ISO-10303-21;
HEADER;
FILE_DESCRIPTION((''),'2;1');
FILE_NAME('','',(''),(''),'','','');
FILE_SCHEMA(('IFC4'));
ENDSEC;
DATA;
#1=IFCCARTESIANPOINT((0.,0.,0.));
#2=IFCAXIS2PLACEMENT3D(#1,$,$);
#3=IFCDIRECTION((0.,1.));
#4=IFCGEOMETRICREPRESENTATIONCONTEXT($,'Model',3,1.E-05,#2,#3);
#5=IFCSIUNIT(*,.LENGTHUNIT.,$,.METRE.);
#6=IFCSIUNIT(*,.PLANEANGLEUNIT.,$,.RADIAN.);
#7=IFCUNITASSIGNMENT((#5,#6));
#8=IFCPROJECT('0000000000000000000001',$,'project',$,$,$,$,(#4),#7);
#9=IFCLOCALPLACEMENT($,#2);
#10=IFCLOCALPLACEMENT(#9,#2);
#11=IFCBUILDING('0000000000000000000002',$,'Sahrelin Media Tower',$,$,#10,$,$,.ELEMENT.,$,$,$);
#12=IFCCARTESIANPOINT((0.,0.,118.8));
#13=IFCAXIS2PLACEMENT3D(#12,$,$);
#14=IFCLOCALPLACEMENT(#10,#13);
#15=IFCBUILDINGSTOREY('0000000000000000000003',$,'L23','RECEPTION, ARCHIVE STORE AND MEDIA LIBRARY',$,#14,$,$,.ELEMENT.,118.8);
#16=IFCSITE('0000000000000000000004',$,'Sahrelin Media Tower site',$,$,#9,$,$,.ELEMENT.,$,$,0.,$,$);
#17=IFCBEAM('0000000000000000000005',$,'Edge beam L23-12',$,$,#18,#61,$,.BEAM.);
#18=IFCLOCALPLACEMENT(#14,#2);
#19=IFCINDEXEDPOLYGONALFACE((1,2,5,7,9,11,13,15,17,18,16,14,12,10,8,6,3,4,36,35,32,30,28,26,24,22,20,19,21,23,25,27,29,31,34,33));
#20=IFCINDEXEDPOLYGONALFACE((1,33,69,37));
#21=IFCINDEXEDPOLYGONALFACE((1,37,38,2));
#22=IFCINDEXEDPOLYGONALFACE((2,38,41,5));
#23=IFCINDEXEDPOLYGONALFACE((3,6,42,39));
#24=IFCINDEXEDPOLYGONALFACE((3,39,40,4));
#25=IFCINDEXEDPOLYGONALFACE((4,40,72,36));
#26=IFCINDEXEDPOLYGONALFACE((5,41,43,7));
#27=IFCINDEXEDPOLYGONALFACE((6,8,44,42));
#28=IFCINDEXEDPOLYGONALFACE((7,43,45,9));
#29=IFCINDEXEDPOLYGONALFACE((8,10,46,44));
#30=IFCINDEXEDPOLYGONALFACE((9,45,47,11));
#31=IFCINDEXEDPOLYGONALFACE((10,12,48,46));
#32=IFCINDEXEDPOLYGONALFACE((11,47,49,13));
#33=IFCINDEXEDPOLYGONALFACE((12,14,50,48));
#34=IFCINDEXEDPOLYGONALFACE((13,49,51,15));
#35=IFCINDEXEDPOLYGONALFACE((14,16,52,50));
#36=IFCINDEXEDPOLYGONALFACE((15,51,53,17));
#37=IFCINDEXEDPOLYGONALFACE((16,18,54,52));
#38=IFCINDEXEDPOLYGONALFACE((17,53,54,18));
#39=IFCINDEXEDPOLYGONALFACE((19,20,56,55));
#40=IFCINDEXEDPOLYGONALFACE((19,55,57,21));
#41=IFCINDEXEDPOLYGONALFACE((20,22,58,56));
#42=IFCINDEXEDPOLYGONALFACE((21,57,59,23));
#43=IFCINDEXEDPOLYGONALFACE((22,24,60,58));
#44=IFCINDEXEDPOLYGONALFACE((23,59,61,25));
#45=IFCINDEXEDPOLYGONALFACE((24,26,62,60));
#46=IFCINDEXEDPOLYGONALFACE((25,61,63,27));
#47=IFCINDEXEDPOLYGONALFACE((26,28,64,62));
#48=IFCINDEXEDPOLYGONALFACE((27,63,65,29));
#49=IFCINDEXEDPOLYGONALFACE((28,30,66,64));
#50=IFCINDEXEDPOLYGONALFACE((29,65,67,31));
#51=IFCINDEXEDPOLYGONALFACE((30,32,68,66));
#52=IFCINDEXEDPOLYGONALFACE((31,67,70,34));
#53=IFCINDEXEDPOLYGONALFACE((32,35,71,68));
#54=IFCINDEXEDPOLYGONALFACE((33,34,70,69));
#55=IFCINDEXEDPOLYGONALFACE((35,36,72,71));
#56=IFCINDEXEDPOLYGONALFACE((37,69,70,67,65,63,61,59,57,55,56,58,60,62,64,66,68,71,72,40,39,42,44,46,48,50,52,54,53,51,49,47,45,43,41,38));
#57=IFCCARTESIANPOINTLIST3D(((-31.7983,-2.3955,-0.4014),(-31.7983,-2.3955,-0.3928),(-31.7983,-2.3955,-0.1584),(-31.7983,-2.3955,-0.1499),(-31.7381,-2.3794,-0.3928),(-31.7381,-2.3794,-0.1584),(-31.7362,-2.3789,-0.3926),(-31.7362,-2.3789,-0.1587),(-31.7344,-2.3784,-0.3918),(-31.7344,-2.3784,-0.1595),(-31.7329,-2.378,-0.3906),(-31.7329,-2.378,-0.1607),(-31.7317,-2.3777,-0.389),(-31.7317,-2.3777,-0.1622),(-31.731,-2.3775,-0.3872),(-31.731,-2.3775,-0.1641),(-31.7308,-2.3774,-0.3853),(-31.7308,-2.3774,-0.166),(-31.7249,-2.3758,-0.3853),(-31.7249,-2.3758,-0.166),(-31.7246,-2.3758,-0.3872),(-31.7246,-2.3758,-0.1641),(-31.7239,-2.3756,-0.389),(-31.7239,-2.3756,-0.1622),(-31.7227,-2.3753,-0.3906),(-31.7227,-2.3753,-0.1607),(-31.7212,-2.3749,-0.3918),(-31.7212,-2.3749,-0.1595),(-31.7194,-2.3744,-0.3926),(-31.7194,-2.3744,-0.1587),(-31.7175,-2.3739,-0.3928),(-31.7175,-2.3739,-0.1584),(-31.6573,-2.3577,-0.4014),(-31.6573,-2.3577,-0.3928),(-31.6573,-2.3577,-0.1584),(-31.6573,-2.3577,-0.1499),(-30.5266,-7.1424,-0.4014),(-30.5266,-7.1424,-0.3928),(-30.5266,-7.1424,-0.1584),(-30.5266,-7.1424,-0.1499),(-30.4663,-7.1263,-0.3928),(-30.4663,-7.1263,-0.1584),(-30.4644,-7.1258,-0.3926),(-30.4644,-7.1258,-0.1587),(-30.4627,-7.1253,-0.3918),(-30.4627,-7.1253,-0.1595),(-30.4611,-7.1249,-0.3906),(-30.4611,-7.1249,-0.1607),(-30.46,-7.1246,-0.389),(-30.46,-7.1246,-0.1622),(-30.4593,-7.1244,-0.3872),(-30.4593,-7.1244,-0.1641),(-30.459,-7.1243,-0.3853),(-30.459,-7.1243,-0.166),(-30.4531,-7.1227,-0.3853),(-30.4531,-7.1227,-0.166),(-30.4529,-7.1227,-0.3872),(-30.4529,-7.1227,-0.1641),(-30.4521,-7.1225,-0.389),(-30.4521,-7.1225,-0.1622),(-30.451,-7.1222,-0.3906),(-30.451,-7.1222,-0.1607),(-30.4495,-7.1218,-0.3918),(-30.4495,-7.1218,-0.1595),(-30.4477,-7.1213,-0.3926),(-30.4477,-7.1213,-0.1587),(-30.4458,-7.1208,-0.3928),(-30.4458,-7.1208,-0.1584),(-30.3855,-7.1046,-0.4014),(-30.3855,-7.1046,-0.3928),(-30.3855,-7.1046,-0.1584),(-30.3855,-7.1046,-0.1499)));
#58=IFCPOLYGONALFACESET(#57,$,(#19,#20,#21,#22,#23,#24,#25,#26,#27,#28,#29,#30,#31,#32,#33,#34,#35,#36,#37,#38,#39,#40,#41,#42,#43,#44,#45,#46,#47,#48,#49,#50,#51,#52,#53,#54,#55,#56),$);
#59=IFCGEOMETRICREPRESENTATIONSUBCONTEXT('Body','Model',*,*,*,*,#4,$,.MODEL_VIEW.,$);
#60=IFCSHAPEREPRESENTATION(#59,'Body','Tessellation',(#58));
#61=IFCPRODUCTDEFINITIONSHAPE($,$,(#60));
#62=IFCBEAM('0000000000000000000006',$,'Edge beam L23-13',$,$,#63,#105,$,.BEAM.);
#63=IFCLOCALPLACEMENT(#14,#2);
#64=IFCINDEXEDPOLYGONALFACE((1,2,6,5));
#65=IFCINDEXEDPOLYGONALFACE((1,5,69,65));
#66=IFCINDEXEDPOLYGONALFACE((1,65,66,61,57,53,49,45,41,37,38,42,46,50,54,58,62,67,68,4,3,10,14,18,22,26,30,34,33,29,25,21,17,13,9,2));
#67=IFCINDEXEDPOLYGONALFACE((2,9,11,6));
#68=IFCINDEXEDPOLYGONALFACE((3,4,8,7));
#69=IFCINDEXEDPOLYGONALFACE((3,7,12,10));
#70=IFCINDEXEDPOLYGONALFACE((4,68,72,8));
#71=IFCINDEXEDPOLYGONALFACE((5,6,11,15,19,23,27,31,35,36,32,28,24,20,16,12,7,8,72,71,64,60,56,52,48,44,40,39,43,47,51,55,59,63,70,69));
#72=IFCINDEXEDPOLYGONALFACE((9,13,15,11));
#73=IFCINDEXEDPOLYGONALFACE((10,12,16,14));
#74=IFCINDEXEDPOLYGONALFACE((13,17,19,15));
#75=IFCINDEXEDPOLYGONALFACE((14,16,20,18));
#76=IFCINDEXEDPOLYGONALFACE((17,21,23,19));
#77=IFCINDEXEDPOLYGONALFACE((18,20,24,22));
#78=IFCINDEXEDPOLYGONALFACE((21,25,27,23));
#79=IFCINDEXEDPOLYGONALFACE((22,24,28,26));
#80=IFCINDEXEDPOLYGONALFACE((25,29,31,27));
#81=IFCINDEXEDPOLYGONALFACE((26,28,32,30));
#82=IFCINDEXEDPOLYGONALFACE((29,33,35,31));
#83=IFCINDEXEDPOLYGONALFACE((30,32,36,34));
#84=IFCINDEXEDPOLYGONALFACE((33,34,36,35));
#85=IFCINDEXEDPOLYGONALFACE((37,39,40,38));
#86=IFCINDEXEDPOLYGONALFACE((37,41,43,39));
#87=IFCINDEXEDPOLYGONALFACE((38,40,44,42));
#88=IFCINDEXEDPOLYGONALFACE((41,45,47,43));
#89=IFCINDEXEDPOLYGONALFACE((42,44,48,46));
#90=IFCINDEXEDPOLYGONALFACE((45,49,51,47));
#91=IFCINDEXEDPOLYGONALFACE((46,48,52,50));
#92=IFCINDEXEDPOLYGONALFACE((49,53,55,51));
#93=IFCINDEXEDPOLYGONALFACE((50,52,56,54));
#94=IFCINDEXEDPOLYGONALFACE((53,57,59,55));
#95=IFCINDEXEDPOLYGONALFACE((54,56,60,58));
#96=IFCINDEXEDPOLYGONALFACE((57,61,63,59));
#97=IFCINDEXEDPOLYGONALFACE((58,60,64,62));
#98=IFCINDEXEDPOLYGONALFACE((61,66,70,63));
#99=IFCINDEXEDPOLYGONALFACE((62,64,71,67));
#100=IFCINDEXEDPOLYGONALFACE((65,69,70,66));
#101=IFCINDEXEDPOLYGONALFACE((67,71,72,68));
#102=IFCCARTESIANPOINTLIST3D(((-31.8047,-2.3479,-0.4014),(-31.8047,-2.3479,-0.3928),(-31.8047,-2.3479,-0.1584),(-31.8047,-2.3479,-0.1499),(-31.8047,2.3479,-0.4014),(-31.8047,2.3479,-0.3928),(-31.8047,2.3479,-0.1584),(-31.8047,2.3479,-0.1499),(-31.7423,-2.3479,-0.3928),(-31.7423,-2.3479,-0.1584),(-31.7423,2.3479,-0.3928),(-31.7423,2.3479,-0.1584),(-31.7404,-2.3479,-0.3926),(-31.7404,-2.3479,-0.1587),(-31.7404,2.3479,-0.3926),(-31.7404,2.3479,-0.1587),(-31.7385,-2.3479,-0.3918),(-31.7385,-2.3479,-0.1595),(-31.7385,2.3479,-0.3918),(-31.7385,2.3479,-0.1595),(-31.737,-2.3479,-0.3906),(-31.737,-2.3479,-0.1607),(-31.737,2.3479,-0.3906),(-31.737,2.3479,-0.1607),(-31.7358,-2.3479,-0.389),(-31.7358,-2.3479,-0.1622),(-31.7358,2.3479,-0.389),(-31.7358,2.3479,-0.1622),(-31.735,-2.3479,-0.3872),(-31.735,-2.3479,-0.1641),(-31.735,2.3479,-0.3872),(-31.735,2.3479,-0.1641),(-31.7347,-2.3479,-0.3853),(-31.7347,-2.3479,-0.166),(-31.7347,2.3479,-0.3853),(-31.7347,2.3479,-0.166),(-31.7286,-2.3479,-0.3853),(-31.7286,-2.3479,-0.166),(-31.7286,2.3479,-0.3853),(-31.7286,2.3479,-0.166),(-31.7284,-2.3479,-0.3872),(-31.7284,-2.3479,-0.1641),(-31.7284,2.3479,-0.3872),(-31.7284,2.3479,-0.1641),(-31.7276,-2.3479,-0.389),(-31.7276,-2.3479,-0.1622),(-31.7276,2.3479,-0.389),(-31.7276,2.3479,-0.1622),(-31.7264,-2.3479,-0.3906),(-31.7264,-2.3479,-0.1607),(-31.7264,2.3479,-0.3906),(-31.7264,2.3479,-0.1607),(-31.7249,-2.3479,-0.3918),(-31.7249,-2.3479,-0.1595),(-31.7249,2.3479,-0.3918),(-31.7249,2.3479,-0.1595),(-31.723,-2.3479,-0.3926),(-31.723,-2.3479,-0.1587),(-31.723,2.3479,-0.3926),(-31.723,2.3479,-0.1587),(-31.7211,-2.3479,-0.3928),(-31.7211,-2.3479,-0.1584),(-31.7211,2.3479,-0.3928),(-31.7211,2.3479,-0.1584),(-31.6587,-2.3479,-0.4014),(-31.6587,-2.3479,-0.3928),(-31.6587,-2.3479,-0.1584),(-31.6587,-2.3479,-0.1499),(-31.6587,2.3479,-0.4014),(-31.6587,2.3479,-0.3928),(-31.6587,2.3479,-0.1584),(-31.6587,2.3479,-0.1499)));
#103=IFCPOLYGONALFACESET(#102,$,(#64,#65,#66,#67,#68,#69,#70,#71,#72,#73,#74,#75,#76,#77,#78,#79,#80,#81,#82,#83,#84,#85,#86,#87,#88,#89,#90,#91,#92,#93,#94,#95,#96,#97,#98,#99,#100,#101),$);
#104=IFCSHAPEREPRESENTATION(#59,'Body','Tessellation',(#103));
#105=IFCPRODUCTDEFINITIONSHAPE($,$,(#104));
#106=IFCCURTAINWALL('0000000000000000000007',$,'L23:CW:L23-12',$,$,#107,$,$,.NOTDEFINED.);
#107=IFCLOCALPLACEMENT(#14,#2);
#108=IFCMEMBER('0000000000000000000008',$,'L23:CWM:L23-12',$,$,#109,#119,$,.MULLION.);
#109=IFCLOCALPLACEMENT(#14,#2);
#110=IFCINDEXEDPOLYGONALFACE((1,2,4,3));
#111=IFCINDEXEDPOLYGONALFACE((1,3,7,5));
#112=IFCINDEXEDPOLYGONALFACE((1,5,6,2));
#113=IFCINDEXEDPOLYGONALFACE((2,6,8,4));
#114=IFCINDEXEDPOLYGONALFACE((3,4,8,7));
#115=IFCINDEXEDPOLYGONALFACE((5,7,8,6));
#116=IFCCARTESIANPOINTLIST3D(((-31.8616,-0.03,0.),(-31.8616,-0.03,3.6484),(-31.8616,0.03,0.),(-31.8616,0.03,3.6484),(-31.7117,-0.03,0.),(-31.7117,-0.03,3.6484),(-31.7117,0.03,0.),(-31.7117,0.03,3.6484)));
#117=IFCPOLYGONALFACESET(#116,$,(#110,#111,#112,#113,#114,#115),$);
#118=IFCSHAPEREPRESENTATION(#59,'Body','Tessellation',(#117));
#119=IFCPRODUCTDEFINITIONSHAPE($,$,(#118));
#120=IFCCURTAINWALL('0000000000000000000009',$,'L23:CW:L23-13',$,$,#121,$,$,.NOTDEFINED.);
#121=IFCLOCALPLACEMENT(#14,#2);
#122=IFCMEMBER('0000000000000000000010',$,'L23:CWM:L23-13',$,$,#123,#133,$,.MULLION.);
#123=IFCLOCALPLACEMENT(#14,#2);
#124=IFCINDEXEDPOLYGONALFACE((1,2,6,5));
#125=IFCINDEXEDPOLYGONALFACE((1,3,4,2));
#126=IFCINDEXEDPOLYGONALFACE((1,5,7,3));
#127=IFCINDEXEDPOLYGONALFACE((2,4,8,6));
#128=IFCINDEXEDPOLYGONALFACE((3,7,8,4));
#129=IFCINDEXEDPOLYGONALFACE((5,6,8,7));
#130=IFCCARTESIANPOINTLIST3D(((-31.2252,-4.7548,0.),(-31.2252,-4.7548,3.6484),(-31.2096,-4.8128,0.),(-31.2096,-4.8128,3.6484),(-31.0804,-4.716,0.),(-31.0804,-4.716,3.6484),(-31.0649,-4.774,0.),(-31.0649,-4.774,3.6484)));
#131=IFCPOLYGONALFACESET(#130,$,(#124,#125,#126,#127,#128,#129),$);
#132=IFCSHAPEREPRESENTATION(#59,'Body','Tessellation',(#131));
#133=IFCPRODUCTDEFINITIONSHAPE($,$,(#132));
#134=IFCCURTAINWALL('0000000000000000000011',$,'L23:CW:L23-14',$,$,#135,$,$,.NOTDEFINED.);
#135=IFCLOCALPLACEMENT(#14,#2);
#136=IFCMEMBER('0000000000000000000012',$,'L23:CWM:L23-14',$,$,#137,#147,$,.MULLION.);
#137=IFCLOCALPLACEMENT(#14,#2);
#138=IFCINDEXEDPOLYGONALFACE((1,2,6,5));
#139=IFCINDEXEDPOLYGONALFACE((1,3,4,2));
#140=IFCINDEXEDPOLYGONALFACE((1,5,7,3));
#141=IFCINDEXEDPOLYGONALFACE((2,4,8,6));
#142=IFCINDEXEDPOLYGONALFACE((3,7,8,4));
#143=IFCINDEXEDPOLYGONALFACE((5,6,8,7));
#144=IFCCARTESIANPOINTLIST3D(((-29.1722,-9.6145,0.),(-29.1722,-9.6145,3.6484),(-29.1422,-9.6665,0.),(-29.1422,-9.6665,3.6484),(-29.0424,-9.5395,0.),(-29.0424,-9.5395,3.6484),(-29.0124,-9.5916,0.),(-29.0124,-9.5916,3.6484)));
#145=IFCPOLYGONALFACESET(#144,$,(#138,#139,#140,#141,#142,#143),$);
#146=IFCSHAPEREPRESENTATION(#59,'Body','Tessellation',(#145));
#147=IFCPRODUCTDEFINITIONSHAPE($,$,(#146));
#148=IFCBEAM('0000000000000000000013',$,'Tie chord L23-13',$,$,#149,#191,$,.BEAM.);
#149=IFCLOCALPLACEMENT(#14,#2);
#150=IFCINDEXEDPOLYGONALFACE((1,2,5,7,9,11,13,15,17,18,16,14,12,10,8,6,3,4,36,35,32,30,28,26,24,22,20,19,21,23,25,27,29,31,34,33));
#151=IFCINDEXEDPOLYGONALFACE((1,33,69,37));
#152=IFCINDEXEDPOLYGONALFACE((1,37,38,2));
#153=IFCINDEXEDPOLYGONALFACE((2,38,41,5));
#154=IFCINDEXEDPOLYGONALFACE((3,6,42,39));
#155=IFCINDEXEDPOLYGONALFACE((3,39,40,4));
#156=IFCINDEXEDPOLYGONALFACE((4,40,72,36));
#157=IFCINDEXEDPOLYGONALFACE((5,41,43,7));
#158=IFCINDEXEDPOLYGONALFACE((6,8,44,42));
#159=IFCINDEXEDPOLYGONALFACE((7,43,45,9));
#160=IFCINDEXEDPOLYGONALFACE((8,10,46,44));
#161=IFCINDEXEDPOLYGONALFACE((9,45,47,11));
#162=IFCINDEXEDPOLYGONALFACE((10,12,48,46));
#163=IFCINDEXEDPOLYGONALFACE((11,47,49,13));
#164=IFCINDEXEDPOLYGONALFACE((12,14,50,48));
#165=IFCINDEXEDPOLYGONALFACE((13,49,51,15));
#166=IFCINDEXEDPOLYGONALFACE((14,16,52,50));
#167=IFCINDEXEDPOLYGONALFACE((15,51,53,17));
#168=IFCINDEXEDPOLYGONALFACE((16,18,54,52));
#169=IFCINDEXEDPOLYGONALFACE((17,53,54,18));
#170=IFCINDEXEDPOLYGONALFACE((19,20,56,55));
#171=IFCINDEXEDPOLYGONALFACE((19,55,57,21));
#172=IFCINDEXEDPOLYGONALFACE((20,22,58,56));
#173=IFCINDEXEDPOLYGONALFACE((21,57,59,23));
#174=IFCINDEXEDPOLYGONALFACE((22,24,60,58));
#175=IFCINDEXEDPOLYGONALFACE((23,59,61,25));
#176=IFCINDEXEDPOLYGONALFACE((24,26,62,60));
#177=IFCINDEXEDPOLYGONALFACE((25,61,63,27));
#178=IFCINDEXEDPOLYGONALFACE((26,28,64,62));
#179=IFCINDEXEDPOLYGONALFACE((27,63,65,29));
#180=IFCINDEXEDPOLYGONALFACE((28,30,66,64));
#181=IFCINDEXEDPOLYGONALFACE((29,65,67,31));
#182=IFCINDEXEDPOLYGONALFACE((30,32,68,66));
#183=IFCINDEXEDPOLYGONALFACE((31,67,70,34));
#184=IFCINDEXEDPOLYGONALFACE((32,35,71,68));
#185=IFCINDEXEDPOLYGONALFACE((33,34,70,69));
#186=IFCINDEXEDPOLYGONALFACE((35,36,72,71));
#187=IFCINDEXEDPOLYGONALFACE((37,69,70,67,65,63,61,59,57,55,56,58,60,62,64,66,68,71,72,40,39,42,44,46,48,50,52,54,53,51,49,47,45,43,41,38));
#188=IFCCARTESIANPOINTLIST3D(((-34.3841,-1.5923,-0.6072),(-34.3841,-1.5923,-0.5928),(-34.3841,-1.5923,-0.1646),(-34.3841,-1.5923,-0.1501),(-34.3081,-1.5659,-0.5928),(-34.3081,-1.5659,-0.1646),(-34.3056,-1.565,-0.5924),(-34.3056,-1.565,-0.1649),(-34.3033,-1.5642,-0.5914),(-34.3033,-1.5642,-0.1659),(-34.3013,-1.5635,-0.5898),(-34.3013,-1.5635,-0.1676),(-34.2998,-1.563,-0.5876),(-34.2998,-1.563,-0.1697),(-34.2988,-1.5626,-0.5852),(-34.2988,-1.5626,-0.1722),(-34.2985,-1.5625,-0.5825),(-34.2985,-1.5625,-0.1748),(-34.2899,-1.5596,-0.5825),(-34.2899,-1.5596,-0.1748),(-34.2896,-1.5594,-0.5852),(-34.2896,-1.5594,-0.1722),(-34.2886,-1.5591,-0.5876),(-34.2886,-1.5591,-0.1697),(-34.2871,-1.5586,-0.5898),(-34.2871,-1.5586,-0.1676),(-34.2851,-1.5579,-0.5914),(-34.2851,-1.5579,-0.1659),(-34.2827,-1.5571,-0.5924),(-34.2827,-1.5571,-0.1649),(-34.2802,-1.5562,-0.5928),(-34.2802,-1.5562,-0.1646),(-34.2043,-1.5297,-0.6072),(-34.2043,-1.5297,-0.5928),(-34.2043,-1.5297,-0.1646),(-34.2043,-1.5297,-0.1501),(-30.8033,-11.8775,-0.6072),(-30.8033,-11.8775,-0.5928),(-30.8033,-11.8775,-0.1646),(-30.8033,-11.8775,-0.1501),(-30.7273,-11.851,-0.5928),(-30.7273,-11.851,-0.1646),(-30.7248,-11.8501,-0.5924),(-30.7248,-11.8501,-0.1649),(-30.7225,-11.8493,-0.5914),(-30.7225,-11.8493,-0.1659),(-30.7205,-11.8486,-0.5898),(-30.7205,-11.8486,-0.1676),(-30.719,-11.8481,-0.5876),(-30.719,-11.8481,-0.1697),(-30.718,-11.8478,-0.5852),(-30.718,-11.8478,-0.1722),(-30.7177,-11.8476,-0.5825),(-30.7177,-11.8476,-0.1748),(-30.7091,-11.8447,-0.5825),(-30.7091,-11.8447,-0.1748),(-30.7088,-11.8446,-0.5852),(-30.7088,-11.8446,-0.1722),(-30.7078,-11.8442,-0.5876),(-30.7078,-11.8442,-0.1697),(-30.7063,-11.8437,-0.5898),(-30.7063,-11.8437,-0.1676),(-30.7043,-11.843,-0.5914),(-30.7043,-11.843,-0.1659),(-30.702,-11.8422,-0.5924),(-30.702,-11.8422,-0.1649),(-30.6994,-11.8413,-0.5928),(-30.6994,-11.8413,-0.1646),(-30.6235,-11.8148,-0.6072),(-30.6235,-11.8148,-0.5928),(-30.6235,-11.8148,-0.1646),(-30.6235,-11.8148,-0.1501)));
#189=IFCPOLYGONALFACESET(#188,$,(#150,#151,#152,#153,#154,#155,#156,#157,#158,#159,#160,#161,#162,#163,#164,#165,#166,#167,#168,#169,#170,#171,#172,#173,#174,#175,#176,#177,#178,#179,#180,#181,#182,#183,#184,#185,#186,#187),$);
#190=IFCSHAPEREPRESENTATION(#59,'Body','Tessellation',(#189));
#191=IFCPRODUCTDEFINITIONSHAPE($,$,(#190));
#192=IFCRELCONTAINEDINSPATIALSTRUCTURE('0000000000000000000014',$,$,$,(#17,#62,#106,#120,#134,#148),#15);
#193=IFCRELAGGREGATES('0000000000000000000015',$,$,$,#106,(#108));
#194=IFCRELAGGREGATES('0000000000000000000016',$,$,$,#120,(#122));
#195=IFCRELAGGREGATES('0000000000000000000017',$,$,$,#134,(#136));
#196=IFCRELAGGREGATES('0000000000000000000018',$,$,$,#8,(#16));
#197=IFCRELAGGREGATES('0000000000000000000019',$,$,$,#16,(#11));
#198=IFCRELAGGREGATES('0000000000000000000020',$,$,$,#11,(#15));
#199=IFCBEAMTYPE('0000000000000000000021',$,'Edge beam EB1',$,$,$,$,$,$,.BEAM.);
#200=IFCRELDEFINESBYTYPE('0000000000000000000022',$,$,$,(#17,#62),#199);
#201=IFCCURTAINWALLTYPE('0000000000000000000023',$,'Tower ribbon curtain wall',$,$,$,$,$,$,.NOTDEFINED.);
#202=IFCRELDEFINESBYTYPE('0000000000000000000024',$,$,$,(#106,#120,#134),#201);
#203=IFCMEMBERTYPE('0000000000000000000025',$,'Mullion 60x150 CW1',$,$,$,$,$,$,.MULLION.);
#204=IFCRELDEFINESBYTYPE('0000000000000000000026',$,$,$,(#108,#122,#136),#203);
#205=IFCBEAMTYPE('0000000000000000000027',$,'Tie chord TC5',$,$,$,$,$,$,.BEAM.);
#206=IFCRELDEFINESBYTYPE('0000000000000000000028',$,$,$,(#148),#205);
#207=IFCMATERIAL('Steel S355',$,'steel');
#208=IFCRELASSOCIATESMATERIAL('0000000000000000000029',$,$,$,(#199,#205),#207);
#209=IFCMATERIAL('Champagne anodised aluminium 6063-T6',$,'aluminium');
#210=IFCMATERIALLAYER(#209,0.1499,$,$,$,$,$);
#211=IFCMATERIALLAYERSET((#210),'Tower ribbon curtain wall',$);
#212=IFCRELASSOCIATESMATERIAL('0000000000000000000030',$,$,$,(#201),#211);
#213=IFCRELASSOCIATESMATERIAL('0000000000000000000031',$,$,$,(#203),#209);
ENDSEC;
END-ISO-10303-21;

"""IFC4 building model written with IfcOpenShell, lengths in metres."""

from ifc_helpers import new_model, si_unit, direction, frame, origin, origin_2d, place, context, subcontext, project, spatial, rectangle, i_section, extrude, material, layer, layer_set, material_profile, profile_set, type_object, element, aggregate, save


model = new_model("IFC4")

# Units and contexts
model_context = context("Model", 3, precision=1e-05, world=origin(), true_north=direction((0.0, 1.0)))
body_context = subcontext(model_context, "Body", "Model", "MODEL_VIEW")
ifc_project = project(units=[si_unit("LENGTHUNIT", "METRE"), si_unit("PLANEANGLEUNIT", "RADIAN")], contexts=[model_context])

# Site, building, storey
site_placement = place(None, origin())
site = spatial("IfcSite", under=ifc_project, at=site_placement, Name="Sahrelin Media Tower site", CompositionType="ELEMENT", RefElevation=0.0)
building_placement = place(site_placement, origin())
building = spatial("IfcBuilding", under=site, at=building_placement, Name="Sahrelin Media Tower", CompositionType="ELEMENT")
storey_placement = place(building_placement, frame((0.0, 0.0, 118.8)))
storey = spatial("IfcBuildingStorey", under=building, at=storey_placement, Name="L23", Description="RECEPTION, ARCHIVE STORE AND MEDIA LIBRARY", CompositionType="ELEMENT", Elevation=118.8)

# Beams
ifc_material_1 = material(Name="Steel S355", Category="steel")
ifc_material_profile_1 = material_profile(ifc_material_1, i_section(OverallWidth=0.146, OverallDepth=0.2515, WebThickness=0.0061, FlangeThickness=0.0085, FilletRadius=0.0076, at=origin_2d()), Name="UB 254x146x31")
ifc_profile_set_1 = profile_set([ifc_material_profile_1], Name="Steel S355")
beam_type_1 = type_object("IfcBeamType", Name="Edge beam EB1", PredefinedType="BEAM", material=ifc_profile_set_1)
beam_1_placement = place(storey_placement, frame((-30.4561, -7.1235, -0.2756), z_axis=(-0.258785, 0.965935, 0.0), x_axis=(-0.965935, -0.258785, 0.0)))
element("IfcBeam", 1, at=beam_1_placement, inside=storey, type_object=beam_type_1, Name="Edge beam L23-12", PredefinedType="BEAM", context=body_context, shape_type="SweptSolid", body=[
    extrude(i_section(OverallWidth=0.146, OverallDepth=0.2515, WebThickness=0.0061, FlangeThickness=0.0085, FilletRadius=0.0076, at=origin_2d()), origin(), (0.0, 0.0, 1.0), 4.9143),
])
beam_2_placement = place(storey_placement, frame((-31.7317, -2.3479, -0.2756), z_axis=(0.0, 1.0, 0.0), x_axis=(-1.0, 0.0, 0.0)))
element("IfcBeam", 2, at=beam_2_placement, inside=storey, type_object=beam_type_1, Name="Edge beam L23-13", PredefinedType="BEAM", context=body_context, shape_type="SweptSolid", body=[
    extrude(i_section(OverallWidth=0.146, OverallDepth=0.2515, WebThickness=0.0061, FlangeThickness=0.0085, FilletRadius=0.0076, at=origin_2d()), origin(), (0.0, 0.0, 1.0), 4.6958),
])

# Curtain walls, members
ifc_material_2 = material(Name="Champagne anodised aluminium 6063-T6", Category="aluminium")
ifc_layer_1 = layer(ifc_material_2, 0.1499)
ifc_layer_set_1 = layer_set([ifc_layer_1], Name="Tower ribbon curtain wall")
curtain_wall_type = type_object("IfcCurtainWallType", Name="Tower ribbon curtain wall", PredefinedType="NOTDEFINED", material=ifc_layer_set_1)
curtain_wall_1_placement = place(storey_placement, frame((-31.8816, 0.0, 0.0), z_axis=(0.0, 0.0, 1.0), x_axis=(1.0, 0.0, 0.0)))
curtain_wall_1 = element("IfcCurtainWall", 3, at=curtain_wall_1_placement, inside=storey, type_object=curtain_wall_type, Name="L23:CW:L23-12", PredefinedType="NOTDEFINED")
ifc_material_profile_2 = material_profile(ifc_material_2, rectangle(XDim=0.0601, YDim=0.1499, at=origin_2d()), Name="Mullion 60x150")
ifc_profile_set_2 = profile_set([ifc_material_profile_2], Name="Champagne anodised aluminium 6063-T6")
member_type_1 = type_object("IfcMemberType", Name="Mullion 60x150 CW1", PredefinedType="MULLION", material=ifc_profile_set_2)
member_1_placement = place(storey_placement, frame((-31.7866, 0.0, 0.0), z_axis=(0.0, 0.0, 1.0), x_axis=(0.0, -1.0, 0.0)))
member_1 = element("IfcMember", 4, at=member_1_placement, type_object=member_type_1, Name="L23:CWM:L23-12", PredefinedType="MULLION", context=body_context, shape_type="SweptSolid", body=[
    extrude(rectangle(XDim=0.0601, YDim=0.1499, at=origin_2d()), origin(), (0.0, 0.0, 1.0), 3.6484),
])
aggregate(curtain_wall_1, [member_1])
curtain_wall_2_placement = place(storey_placement, frame((-31.2368, -4.7888, 0.0), z_axis=(0.0, 0.0, 1.0), x_axis=(1.0, 0.0, 0.0)))
curtain_wall_2 = element("IfcCurtainWall", 5, at=curtain_wall_2_placement, inside=storey, type_object=curtain_wall_type, Name="L23:CW:L23-13", PredefinedType="NOTDEFINED")
member_2_placement = place(storey_placement, frame((-31.145, -4.7644, 0.0), z_axis=(0.0, 0.0, 1.0), x_axis=(0.258821, -0.965925, 0.0)))
member_2 = element("IfcMember", 6, at=member_2_placement, type_object=member_type_1, Name="L23:CWM:L23-13", PredefinedType="MULLION", context=body_context, shape_type="SweptSolid", body=[
    extrude(rectangle(XDim=0.0601, YDim=0.1499, at=origin_2d()), origin(), (0.0, 0.0, 1.0), 3.6484),
])
curtain_wall_3_placement = place(storey_placement, frame((-29.1746, -9.6504, 0.0), z_axis=(0.0, 0.0, 1.0), x_axis=(1.0, 0.0, 0.0)))
curtain_wall_3 = element("IfcCurtainWall", 7, at=curtain_wall_3_placement, inside=storey, type_object=curtain_wall_type, Name="L23:CW:L23-14", PredefinedType="NOTDEFINED")
member_3_placement = place(storey_placement, frame((-29.0923, -9.603, 0.0), z_axis=(0.0, 0.0, 1.0), x_axis=(0.500002, -0.866025, 0.0)))
member_3 = element("IfcMember", 8, at=member_3_placement, type_object=member_type_1, Name="L23:CWM:L23-14", PredefinedType="MULLION", context=body_context, shape_type="SweptSolid", body=[
    extrude(rectangle(XDim=0.0601, YDim=0.1499, at=origin_2d()), origin(), (0.0, 0.0, 1.0), 3.6484),
])

# Beam
ifc_material_profile_3 = material_profile(ifc_material_1, i_section(OverallWidth=0.1904, OverallDepth=0.457, WebThickness=0.009, FlangeThickness=0.0144, FilletRadius=0.0103, at=origin_2d()), Name="UB 457x191x74")
ifc_profile_set_3 = profile_set([ifc_material_profile_3], Name="Steel S355")
beam_type_2 = type_object("IfcBeamType", Name="Tie chord TC5", PredefinedType="BEAM", material=ifc_profile_set_3)
beam_3_placement = place(storey_placement, frame((-34.2942, -1.561, -0.3787), z_axis=(0.328796, -0.944401, 0.0), x_axis=(0.944401, 0.328796, 0.0)))
element("IfcBeam", 9, at=beam_3_placement, inside=storey, type_object=beam_type_2, Name="Tie chord L23-13", PredefinedType="BEAM", context=body_context, shape_type="SweptSolid", body=[
    extrude(i_section(OverallWidth=0.1904, OverallDepth=0.457, WebThickness=0.009, FlangeThickness=0.0144, FilletRadius=0.0103, at=origin_2d()), origin(), (0.0, 0.0, 1.0), 10.8906),
])

aggregate(curtain_wall_2, [member_2])
aggregate(curtain_wall_3, [member_3])

save(model, "model.ifc")
